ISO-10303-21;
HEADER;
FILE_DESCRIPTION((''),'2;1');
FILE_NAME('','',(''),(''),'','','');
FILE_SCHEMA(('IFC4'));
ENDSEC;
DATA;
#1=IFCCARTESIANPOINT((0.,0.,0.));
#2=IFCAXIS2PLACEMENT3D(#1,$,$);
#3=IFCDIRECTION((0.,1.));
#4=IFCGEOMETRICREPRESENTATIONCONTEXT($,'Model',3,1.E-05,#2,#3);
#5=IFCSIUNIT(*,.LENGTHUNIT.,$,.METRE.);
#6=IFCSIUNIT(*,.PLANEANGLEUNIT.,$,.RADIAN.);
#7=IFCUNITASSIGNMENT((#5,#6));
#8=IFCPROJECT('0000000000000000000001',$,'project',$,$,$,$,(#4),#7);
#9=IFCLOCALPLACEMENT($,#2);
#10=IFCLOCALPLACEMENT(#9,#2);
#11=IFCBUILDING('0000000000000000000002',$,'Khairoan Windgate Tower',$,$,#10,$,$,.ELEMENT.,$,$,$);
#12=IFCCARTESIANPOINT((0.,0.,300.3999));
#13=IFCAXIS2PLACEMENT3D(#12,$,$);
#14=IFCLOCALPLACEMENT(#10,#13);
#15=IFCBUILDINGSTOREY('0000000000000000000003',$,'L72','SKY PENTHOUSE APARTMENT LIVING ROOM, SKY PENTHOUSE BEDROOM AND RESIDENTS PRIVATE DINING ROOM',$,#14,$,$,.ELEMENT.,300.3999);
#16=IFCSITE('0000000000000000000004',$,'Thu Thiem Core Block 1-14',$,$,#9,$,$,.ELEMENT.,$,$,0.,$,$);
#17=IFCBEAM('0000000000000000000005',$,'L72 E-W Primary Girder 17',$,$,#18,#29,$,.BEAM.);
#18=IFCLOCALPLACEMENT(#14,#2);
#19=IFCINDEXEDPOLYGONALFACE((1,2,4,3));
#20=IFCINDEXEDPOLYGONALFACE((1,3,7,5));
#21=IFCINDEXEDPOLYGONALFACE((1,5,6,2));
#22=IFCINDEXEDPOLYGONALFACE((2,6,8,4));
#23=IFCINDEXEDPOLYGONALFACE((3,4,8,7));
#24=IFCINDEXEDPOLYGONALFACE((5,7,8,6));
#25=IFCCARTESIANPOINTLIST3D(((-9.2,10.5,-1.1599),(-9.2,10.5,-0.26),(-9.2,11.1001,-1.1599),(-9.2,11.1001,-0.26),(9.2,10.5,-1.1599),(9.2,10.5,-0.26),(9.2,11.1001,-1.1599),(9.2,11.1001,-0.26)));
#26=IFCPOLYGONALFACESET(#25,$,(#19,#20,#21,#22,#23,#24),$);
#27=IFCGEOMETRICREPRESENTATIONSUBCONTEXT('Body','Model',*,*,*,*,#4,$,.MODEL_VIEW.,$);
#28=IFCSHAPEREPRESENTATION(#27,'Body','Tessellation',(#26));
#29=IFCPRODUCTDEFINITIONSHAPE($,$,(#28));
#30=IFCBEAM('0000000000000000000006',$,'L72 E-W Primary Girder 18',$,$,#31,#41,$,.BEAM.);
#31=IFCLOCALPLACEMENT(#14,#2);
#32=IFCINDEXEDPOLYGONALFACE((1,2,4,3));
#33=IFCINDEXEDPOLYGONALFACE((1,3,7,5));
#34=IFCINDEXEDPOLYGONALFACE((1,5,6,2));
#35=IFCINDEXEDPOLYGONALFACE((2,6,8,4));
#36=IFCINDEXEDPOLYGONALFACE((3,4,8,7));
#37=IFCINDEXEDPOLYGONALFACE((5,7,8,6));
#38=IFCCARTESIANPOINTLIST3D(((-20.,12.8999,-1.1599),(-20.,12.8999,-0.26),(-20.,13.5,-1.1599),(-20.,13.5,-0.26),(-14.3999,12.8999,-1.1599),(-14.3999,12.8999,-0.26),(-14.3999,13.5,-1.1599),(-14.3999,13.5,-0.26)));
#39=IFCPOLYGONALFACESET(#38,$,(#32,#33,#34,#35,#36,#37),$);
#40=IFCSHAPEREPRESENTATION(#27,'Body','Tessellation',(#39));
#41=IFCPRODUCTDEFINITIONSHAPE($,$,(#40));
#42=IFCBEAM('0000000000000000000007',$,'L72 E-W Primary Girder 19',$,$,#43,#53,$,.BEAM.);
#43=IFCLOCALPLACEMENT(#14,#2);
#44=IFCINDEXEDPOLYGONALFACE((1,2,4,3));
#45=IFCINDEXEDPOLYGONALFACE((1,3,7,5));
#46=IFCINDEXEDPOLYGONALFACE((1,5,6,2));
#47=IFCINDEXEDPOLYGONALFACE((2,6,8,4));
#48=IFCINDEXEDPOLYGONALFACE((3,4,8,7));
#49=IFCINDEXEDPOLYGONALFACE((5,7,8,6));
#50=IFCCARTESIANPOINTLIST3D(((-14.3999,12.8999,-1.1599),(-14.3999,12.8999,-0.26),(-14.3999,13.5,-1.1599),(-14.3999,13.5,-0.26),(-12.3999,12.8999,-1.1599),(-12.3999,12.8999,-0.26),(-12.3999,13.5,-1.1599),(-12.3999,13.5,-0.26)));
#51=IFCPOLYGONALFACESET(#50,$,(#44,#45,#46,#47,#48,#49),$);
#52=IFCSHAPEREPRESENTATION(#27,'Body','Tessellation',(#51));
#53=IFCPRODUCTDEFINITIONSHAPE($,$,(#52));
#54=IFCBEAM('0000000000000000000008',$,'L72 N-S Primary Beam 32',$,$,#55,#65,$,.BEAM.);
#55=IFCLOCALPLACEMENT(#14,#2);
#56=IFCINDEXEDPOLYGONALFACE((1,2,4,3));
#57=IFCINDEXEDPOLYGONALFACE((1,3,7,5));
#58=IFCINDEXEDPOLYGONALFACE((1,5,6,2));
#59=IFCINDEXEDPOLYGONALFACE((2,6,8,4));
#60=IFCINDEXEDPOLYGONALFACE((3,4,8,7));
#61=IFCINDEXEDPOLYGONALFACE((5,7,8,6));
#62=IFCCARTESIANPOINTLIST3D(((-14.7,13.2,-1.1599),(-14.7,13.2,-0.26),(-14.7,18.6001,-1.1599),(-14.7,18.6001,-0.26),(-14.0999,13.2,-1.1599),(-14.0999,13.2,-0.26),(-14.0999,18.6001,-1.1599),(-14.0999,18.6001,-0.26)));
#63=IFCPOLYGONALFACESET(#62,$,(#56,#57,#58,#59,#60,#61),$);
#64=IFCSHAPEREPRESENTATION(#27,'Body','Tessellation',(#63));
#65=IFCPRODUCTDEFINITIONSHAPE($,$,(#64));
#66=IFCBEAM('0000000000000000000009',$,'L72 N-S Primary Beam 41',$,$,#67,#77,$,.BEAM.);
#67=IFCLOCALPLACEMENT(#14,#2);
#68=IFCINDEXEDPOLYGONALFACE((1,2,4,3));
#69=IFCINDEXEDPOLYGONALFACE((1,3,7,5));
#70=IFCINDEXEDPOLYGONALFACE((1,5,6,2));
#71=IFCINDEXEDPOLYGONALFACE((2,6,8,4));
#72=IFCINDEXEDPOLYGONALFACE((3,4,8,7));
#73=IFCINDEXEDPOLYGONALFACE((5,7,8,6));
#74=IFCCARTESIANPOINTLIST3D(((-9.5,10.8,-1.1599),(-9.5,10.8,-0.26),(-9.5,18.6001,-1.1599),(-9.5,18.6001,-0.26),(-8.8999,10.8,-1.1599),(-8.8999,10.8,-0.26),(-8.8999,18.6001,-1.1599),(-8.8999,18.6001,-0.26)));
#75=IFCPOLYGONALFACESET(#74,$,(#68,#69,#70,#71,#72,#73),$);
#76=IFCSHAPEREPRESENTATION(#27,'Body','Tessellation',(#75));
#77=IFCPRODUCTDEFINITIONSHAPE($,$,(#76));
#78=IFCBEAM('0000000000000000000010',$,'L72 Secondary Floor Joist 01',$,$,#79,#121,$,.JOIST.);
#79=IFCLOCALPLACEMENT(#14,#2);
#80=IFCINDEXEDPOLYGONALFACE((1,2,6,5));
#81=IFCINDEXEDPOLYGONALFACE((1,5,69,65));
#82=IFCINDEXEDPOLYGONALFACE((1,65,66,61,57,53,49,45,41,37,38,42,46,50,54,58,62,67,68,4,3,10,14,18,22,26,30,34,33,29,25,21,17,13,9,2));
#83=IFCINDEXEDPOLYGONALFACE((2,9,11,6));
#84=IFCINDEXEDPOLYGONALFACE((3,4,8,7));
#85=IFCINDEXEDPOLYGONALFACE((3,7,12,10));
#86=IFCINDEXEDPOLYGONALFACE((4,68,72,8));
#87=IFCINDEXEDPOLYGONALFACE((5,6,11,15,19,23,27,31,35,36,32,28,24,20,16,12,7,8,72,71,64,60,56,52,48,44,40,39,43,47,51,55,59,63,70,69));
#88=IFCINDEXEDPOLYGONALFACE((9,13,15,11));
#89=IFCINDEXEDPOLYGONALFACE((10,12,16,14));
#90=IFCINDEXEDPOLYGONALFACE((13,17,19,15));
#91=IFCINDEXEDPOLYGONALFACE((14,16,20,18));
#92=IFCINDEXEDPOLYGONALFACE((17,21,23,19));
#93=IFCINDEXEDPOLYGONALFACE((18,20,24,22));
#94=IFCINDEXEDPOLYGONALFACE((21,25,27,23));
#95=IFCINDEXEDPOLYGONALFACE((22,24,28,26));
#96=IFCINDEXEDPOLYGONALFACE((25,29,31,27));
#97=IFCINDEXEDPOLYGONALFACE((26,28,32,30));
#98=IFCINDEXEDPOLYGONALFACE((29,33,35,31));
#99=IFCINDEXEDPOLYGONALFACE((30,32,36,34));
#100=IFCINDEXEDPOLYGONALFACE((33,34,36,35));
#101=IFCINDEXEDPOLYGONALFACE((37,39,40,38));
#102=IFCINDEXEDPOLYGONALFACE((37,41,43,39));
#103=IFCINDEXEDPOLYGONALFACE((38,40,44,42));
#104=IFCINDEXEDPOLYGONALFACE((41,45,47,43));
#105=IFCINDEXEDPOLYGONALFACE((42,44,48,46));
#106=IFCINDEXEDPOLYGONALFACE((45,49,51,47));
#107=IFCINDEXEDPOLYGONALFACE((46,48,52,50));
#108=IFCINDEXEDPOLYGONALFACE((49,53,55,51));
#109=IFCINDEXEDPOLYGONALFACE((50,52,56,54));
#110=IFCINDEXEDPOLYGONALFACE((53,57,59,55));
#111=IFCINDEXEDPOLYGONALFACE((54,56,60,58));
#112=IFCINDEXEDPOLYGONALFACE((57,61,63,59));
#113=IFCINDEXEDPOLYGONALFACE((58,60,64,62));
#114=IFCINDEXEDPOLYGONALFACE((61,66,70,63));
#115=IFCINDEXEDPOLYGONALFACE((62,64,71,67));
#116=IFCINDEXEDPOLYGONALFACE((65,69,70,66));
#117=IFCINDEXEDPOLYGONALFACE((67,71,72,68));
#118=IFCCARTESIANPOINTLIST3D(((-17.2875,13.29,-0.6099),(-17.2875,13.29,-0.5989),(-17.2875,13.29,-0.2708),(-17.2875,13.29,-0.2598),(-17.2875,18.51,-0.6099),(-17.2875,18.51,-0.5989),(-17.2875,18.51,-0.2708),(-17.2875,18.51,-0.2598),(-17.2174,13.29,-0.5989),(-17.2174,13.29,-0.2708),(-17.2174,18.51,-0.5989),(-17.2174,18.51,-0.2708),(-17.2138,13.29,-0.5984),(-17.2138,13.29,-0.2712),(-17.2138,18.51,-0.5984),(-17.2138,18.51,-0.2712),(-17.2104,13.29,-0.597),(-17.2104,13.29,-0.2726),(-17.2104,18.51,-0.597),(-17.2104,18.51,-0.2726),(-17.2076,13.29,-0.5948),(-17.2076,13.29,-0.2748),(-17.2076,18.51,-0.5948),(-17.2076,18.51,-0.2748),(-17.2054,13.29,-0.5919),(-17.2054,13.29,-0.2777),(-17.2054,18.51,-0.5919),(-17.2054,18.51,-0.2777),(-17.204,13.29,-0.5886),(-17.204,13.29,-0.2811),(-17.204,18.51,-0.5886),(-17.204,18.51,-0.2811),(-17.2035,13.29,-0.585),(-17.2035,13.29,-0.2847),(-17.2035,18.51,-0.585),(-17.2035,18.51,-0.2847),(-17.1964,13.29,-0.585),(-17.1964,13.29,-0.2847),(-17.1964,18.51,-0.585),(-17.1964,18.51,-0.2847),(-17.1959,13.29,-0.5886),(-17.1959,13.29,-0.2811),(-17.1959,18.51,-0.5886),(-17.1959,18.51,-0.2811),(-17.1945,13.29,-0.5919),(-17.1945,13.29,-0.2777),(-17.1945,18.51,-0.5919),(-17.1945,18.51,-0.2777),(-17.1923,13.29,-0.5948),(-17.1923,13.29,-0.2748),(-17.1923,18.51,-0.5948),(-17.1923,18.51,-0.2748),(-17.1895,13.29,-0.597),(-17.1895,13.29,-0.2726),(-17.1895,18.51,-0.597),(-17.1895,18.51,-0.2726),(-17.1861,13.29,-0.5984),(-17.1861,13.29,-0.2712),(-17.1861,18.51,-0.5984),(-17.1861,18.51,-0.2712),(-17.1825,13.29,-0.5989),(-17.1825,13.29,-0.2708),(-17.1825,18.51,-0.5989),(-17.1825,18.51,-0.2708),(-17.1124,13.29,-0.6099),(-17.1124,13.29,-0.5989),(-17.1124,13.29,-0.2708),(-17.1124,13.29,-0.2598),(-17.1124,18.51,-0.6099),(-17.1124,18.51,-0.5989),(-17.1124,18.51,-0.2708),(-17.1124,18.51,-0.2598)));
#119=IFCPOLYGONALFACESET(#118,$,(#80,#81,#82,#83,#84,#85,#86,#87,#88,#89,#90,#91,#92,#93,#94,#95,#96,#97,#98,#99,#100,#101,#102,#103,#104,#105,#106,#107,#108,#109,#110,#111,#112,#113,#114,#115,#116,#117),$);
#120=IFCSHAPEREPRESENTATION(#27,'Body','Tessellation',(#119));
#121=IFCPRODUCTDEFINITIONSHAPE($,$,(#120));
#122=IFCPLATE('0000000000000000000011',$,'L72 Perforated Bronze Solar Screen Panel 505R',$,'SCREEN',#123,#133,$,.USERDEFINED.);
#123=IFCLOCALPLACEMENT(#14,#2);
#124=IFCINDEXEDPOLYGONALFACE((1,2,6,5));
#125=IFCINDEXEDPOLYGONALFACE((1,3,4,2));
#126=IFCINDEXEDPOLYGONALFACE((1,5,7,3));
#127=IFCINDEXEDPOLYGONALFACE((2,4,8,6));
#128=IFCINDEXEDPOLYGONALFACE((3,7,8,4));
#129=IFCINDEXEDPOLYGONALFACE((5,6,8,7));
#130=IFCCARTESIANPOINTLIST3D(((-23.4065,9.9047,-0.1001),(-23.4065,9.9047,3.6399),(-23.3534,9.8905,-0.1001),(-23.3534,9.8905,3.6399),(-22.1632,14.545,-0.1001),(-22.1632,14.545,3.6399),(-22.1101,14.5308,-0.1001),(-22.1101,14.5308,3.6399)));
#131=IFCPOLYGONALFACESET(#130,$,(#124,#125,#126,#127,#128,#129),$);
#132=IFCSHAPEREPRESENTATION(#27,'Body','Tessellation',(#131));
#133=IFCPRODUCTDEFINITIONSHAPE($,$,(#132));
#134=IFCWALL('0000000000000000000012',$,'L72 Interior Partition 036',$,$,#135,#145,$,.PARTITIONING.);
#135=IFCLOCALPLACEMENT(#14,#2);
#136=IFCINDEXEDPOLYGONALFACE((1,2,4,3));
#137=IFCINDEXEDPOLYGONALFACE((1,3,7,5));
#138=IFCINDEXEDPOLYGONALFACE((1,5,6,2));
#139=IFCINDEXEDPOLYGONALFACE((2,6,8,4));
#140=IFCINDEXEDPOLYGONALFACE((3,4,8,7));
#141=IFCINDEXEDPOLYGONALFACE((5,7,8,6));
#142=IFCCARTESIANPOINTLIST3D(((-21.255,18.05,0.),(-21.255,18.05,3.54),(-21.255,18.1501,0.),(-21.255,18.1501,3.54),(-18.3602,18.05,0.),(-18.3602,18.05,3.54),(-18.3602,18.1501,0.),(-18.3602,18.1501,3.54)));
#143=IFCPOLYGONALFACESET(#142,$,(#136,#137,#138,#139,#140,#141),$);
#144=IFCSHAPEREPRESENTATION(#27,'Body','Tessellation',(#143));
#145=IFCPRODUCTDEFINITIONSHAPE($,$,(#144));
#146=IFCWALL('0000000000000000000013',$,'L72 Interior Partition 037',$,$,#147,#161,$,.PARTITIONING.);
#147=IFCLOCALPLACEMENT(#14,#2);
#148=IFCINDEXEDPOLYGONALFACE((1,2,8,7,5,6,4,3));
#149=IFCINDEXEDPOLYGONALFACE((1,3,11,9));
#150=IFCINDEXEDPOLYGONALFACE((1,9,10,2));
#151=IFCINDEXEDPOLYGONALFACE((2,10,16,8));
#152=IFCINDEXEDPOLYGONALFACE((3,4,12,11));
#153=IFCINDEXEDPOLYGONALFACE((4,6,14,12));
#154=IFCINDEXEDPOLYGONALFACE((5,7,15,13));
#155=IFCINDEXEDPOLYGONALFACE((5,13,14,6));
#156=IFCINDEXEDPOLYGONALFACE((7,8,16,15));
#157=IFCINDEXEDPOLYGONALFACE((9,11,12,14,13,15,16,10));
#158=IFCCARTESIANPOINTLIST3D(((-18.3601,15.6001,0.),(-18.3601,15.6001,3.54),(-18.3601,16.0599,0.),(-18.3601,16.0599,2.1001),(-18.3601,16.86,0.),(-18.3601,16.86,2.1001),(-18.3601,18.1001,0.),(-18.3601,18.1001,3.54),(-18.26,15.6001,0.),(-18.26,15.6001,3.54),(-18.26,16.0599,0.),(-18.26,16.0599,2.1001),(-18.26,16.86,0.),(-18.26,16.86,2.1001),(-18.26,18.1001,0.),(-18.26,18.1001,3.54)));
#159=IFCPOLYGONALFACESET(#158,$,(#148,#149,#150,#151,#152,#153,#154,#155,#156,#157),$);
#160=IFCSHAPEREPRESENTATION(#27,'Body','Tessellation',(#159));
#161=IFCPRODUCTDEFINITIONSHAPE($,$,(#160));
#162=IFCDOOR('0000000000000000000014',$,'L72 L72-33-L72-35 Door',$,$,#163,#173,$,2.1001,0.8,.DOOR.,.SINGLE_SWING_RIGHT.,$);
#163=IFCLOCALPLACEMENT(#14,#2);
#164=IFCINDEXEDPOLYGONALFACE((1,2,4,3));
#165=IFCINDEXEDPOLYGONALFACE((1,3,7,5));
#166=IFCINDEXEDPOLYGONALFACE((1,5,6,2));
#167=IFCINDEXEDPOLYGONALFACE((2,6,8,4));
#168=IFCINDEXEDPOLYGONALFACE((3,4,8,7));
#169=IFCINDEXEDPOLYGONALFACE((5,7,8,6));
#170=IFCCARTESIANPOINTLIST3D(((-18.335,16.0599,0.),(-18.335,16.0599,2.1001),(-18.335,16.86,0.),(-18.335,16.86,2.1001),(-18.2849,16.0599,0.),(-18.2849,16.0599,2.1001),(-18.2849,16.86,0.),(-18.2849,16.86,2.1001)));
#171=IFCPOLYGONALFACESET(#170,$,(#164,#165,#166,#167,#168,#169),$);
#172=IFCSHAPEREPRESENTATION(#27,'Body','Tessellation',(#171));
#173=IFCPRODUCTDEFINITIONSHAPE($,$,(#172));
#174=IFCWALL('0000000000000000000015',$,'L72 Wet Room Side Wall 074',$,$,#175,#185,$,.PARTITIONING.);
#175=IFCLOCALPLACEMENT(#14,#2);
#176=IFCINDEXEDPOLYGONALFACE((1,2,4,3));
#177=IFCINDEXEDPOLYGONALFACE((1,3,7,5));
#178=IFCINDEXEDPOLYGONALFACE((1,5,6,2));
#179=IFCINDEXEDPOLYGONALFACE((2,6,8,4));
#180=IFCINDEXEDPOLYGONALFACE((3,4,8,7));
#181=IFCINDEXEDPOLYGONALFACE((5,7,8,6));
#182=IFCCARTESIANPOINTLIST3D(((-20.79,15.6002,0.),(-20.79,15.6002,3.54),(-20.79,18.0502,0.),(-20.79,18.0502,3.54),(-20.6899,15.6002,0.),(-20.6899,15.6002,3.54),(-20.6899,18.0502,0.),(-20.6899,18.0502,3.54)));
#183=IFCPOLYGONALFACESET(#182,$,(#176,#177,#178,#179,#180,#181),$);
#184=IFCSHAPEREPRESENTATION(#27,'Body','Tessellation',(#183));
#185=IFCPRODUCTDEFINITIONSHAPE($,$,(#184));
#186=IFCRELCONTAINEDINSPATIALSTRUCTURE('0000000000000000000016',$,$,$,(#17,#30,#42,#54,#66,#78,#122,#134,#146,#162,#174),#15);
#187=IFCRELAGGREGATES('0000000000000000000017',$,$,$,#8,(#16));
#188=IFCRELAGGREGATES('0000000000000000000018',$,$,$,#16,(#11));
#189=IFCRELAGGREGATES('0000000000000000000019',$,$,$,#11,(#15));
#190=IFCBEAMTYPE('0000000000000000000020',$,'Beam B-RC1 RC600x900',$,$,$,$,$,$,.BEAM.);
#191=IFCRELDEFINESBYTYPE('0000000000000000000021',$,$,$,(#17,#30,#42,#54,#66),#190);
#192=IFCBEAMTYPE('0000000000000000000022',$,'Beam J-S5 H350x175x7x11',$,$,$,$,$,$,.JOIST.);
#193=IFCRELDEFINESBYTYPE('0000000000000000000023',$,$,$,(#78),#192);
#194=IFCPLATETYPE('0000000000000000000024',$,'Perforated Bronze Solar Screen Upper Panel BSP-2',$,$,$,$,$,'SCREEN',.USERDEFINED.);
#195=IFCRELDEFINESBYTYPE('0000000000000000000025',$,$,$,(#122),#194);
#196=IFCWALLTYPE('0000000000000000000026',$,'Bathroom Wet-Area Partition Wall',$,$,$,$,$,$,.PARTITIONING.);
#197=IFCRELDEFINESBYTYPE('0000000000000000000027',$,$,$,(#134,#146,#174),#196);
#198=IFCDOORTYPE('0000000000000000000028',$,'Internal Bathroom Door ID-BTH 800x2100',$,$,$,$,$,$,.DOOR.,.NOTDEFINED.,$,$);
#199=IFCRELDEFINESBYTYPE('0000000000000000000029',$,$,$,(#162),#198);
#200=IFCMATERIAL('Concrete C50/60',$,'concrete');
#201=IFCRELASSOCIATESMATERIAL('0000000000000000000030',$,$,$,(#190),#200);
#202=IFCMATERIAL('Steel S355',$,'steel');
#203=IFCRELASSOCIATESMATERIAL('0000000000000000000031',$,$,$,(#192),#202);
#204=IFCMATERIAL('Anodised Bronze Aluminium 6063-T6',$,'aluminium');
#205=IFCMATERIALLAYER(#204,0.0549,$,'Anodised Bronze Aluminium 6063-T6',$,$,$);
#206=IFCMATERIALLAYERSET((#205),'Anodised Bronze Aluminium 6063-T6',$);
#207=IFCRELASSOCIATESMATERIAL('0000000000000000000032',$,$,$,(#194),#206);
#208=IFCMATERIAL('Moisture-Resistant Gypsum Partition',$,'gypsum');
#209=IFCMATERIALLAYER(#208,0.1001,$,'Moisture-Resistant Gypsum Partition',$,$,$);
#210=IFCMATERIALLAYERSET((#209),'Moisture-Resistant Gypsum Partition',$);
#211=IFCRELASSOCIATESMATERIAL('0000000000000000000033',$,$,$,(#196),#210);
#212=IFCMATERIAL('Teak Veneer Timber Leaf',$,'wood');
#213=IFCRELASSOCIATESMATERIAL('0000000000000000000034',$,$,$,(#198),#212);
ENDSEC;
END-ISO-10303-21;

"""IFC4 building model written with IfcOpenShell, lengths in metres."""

from ifc_helpers import new_model, si_unit, direction, frame, frame_2d, origin, origin_2d, place, context, subcontext, project, spatial, rectangle, i_section, extrude, material, layer, layer_set, material_profile, profile_set, type_object, element, fill, save


model = new_model("IFC4")

# Units and contexts
model_context = context("Model", 3, precision=1e-05, world=origin(), true_north=direction((0.0, 1.0)))
body_context = subcontext(model_context, "Body", "Model", "MODEL_VIEW")
ifc_project = project(units=[si_unit("LENGTHUNIT", "METRE"), si_unit("PLANEANGLEUNIT", "RADIAN")], contexts=[model_context])

# Site, building, storey
site_placement = place(None, origin())
site = spatial("IfcSite", under=ifc_project, at=site_placement, Name="Thu Thiem Core Block 1-14", CompositionType="ELEMENT", RefElevation=0.0)
building_placement = place(site_placement, origin())
building = spatial("IfcBuilding", under=site, at=building_placement, Name="Khairoan Windgate Tower", CompositionType="ELEMENT")
storey_placement = place(building_placement, frame((0.0, 0.0, 300.3999)))
storey = spatial("IfcBuildingStorey", under=building, at=storey_placement, Name="L72", Description="SKY PENTHOUSE APARTMENT LIVING ROOM, SKY PENTHOUSE BEDROOM AND RESIDENTS PRIVATE DINING ROOM", CompositionType="ELEMENT", Elevation=300.3999)

# Beams
ifc_material_1 = material(Name="Concrete C50/60", Category="concrete")
ifc_material_profile_1 = material_profile(ifc_material_1, rectangle(XDim=0.6001, YDim=0.8999, at=origin_2d()))
ifc_profile_set_1 = profile_set([ifc_material_profile_1], Name="Concrete C50/60")
beam_type_1 = type_object("IfcBeamType", Name="Beam B-RC1 RC600x900", PredefinedType="BEAM", material=ifc_profile_set_1)
beam_1_placement = place(storey_placement, frame((-9.2, 10.8, -0.71), z_axis=(1.0, 0.0, 0.0), x_axis=(0.0, 1.0, 0.0)))
element("IfcBeam", 1, at=beam_1_placement, inside=storey, type_object=beam_type_1, Name="L72 E-W Primary Girder 17", PredefinedType="BEAM", context=body_context, shape_type="SweptSolid", body=[
    extrude(rectangle(XDim=0.6001, YDim=0.8999, at=origin_2d()), origin(), (0.0, 0.0, 1.0), 18.3999),
])
beam_2_placement = place(storey_placement, frame((-20.0, 13.2, -0.71), z_axis=(1.0, 0.0, 0.0), x_axis=(0.0, 1.0, 0.0)))
element("IfcBeam", 2, at=beam_2_placement, inside=storey, type_object=beam_type_1, Name="L72 E-W Primary Girder 18", PredefinedType="BEAM", context=body_context, shape_type="SweptSolid", body=[
    extrude(rectangle(XDim=0.6001, YDim=0.8999, at=origin_2d()), origin(), (0.0, 0.0, 1.0), 5.6001),
])
beam_3_placement = place(storey_placement, frame((-14.3999, 13.2, -0.71), z_axis=(1.0, 0.0, 0.0), x_axis=(0.0, 1.0, 0.0)))
element("IfcBeam", 3, at=beam_3_placement, inside=storey, type_object=beam_type_1, Name="L72 E-W Primary Girder 19", PredefinedType="BEAM", context=body_context, shape_type="SweptSolid", body=[
    extrude(rectangle(XDim=0.6001, YDim=0.8999, at=origin_2d()), origin(), (0.0, 0.0, 1.0), 2.0),
])
beam_4_placement = place(storey_placement, frame((-14.3999, 13.2, -0.71), z_axis=(0.0, 1.0, 0.0), x_axis=(-1.0, 0.0, 0.0)))
element("IfcBeam", 4, at=beam_4_placement, inside=storey, type_object=beam_type_1, Name="L72 N-S Primary Beam 32", PredefinedType="BEAM", context=body_context, shape_type="SweptSolid", body=[
    extrude(rectangle(XDim=0.6001, YDim=0.8999, at=origin_2d()), origin(), (0.0, 0.0, 1.0), 5.4001),
])
beam_5_placement = place(storey_placement, frame((-9.2, 10.8, -0.71), z_axis=(0.0, 1.0, 0.0), x_axis=(-1.0, 0.0, 0.0)))
element("IfcBeam", 5, at=beam_5_placement, inside=storey, type_object=beam_type_1, Name="L72 N-S Primary Beam 41", PredefinedType="BEAM", context=body_context, shape_type="SweptSolid", body=[
    extrude(rectangle(XDim=0.6001, YDim=0.8999, at=origin_2d()), origin(), (0.0, 0.0, 1.0), 7.8),
])
ifc_material_2 = material(Name="Steel S355", Category="steel")
ifc_material_profile_2 = material_profile(ifc_material_2, i_section(OverallWidth=0.175, OverallDepth=0.3501, WebThickness=0.0071, FlangeThickness=0.011, FilletRadius=0.0139, at=origin_2d()))
ifc_profile_set_2 = profile_set([ifc_material_profile_2], Name="Steel S355")
beam_type_2 = type_object("IfcBeamType", Name="Beam J-S5 H350x175x7x11", PredefinedType="JOIST", material=ifc_profile_set_2)
beam_6_placement = place(storey_placement, frame((-17.2, 13.29, -0.4348), z_axis=(0.0, 1.0, 0.0), x_axis=(-1.0, 0.0, 0.0)))
element("IfcBeam", 6, at=beam_6_placement, inside=storey, type_object=beam_type_2, Name="L72 Secondary Floor Joist 01", PredefinedType="JOIST", context=body_context, shape_type="SweptSolid", body=[
    extrude(i_section(OverallWidth=0.175, OverallDepth=0.3501, WebThickness=0.0071, FlangeThickness=0.011, FilletRadius=0.0139, at=origin_2d()), origin(), (0.0, 0.0, 1.0), 5.22),
])

# Plate
ifc_material_3 = material(Name="Anodised Bronze Aluminium 6063-T6", Category="aluminium")
ifc_layer_1 = layer(ifc_material_3, 0.0549, Name="Anodised Bronze Aluminium 6063-T6")
ifc_layer_set_1 = layer_set([ifc_layer_1], Name="Anodised Bronze Aluminium 6063-T6")
plate_type = type_object("IfcPlateType", Name="Perforated Bronze Solar Screen Upper Panel BSP-2", ElementType="SCREEN", PredefinedType="USERDEFINED", material=ifc_layer_set_1)
plate_placement = place(storey_placement, frame((-22.7583, 12.2178, -0.1001), z_axis=(0.0, 0.0, 1.0), x_axis=(0.258819, 0.965926, 0.0)))
element("IfcPlate", 7, at=plate_placement, inside=storey, type_object=plate_type, Name="L72 Perforated Bronze Solar Screen Panel 505R", ObjectType="SCREEN", PredefinedType="USERDEFINED", context=body_context, shape_type="SweptSolid", body=[
    extrude(rectangle(XDim=4.804, YDim=0.0549, at=origin_2d()), origin(), (0.0, 0.0, 1.0), 3.74),
])

# Wall
ifc_material_4 = material(Name="Moisture-Resistant Gypsum Partition", Category="gypsum")
ifc_layer_2 = layer(ifc_material_4, 0.1001, Name="Moisture-Resistant Gypsum Partition")
ifc_layer_set_2 = layer_set([ifc_layer_2], Name="Moisture-Resistant Gypsum Partition")
wall_type_1 = type_object("IfcWallType", Name="Bathroom Wet-Area Partition Wall", PredefinedType="PARTITIONING", material=ifc_layer_set_2)
wall_1_placement = place(storey_placement, frame((-21.2549, 18.1001, 0.0), z_axis=(0.0, 0.0, 1.0), x_axis=(1.0, 0.0, 0.0)))
element("IfcWall", 8, at=wall_1_placement, inside=storey, type_object=wall_type_1, Name="L72 Interior Partition 036", PredefinedType="PARTITIONING", context=body_context, shape_type="SweptSolid", body=[
    extrude(rectangle(XDim=2.8948, YDim=0.1001, at=frame_2d((1.4473, 0.0))), origin(), (0.0, 0.0, 1.0), 3.54),
])

# Wall, opening, door
wall_2_placement = place(storey_placement, frame((-18.3101, 15.6001, 0.0), z_axis=(0.0, 0.0, 1.0), x_axis=(0.0, 1.0, 0.0)))
wall_2 = element("IfcWall", 9, at=wall_2_placement, inside=storey, type_object=wall_type_1, Name="L72 Interior Partition 037", PredefinedType="PARTITIONING", context=body_context, shape_type="SweptSolid", body=[
    extrude(rectangle(XDim=2.5, YDim=0.1001, at=frame_2d((1.25, 0.0))), origin(), (0.0, 0.0, 1.0), 3.54),
])
opening_1_placement = place(wall_2_placement, frame((0.46, 0.0, 0.0)))
opening_1 = element("IfcOpeningElement", 10, at=opening_1_placement, cuts=wall_2, PredefinedType="OPENING", context=body_context, shape_type="SweptSolid", body=[
    extrude(rectangle(XDim=0.8, YDim=2.1001, at=frame_2d((0.3999, 1.05))), frame((0.0, 0.0601, 0.0), z_axis=(0.0, -1.0, 0.0), x_axis=(1.0, 0.0, 0.0)), (0.0, 0.0, 1.0), 0.1201),
])
ifc_material_5 = material(Name="Teak Veneer Timber Leaf", Category="wood")
door_type_1 = type_object("IfcDoorType", Name="Internal Bathroom Door ID-BTH 800x2100", OperationType="NOTDEFINED", PredefinedType="DOOR", material=ifc_material_5)
door_1_placement = place(opening_1_placement, origin())
door_1 = element("IfcDoor", 11, at=door_1_placement, inside=storey, type_object=door_type_1, Name="L72 L72-33-L72-35 Door", OperationType="SINGLE_SWING_RIGHT", OverallHeight=2.1001, OverallWidth=0.8, PredefinedType="DOOR", context=body_context, shape_type="SweptSolid", body=[
    extrude(rectangle(XDim=0.8, YDim=2.1001, at=frame_2d((0.3999, 1.05))), frame((0.0, 0.0249, 0.0), z_axis=(0.0, -1.0, 0.0), x_axis=(1.0, 0.0, 0.0)), (0.0, 0.0, 1.0), 0.05),
])
fill(opening_1, door_1)

# Wall
wall_3_placement = place(storey_placement, frame((-20.74, 15.6001, 0.0), z_axis=(0.0, 0.0, 1.0), x_axis=(0.0, 1.0, 0.0)))
element("IfcWall", 12, at=wall_3_placement, inside=storey, type_object=wall_type_1, Name="L72 Wet Room Side Wall 074", PredefinedType="PARTITIONING", context=body_context, shape_type="SweptSolid", body=[
    extrude(rectangle(XDim=2.45, YDim=0.1001, at=frame_2d((1.2251, 0.0))), origin(), (0.0, 0.0, 1.0), 3.54),
])

save(model, "model.ifc")
